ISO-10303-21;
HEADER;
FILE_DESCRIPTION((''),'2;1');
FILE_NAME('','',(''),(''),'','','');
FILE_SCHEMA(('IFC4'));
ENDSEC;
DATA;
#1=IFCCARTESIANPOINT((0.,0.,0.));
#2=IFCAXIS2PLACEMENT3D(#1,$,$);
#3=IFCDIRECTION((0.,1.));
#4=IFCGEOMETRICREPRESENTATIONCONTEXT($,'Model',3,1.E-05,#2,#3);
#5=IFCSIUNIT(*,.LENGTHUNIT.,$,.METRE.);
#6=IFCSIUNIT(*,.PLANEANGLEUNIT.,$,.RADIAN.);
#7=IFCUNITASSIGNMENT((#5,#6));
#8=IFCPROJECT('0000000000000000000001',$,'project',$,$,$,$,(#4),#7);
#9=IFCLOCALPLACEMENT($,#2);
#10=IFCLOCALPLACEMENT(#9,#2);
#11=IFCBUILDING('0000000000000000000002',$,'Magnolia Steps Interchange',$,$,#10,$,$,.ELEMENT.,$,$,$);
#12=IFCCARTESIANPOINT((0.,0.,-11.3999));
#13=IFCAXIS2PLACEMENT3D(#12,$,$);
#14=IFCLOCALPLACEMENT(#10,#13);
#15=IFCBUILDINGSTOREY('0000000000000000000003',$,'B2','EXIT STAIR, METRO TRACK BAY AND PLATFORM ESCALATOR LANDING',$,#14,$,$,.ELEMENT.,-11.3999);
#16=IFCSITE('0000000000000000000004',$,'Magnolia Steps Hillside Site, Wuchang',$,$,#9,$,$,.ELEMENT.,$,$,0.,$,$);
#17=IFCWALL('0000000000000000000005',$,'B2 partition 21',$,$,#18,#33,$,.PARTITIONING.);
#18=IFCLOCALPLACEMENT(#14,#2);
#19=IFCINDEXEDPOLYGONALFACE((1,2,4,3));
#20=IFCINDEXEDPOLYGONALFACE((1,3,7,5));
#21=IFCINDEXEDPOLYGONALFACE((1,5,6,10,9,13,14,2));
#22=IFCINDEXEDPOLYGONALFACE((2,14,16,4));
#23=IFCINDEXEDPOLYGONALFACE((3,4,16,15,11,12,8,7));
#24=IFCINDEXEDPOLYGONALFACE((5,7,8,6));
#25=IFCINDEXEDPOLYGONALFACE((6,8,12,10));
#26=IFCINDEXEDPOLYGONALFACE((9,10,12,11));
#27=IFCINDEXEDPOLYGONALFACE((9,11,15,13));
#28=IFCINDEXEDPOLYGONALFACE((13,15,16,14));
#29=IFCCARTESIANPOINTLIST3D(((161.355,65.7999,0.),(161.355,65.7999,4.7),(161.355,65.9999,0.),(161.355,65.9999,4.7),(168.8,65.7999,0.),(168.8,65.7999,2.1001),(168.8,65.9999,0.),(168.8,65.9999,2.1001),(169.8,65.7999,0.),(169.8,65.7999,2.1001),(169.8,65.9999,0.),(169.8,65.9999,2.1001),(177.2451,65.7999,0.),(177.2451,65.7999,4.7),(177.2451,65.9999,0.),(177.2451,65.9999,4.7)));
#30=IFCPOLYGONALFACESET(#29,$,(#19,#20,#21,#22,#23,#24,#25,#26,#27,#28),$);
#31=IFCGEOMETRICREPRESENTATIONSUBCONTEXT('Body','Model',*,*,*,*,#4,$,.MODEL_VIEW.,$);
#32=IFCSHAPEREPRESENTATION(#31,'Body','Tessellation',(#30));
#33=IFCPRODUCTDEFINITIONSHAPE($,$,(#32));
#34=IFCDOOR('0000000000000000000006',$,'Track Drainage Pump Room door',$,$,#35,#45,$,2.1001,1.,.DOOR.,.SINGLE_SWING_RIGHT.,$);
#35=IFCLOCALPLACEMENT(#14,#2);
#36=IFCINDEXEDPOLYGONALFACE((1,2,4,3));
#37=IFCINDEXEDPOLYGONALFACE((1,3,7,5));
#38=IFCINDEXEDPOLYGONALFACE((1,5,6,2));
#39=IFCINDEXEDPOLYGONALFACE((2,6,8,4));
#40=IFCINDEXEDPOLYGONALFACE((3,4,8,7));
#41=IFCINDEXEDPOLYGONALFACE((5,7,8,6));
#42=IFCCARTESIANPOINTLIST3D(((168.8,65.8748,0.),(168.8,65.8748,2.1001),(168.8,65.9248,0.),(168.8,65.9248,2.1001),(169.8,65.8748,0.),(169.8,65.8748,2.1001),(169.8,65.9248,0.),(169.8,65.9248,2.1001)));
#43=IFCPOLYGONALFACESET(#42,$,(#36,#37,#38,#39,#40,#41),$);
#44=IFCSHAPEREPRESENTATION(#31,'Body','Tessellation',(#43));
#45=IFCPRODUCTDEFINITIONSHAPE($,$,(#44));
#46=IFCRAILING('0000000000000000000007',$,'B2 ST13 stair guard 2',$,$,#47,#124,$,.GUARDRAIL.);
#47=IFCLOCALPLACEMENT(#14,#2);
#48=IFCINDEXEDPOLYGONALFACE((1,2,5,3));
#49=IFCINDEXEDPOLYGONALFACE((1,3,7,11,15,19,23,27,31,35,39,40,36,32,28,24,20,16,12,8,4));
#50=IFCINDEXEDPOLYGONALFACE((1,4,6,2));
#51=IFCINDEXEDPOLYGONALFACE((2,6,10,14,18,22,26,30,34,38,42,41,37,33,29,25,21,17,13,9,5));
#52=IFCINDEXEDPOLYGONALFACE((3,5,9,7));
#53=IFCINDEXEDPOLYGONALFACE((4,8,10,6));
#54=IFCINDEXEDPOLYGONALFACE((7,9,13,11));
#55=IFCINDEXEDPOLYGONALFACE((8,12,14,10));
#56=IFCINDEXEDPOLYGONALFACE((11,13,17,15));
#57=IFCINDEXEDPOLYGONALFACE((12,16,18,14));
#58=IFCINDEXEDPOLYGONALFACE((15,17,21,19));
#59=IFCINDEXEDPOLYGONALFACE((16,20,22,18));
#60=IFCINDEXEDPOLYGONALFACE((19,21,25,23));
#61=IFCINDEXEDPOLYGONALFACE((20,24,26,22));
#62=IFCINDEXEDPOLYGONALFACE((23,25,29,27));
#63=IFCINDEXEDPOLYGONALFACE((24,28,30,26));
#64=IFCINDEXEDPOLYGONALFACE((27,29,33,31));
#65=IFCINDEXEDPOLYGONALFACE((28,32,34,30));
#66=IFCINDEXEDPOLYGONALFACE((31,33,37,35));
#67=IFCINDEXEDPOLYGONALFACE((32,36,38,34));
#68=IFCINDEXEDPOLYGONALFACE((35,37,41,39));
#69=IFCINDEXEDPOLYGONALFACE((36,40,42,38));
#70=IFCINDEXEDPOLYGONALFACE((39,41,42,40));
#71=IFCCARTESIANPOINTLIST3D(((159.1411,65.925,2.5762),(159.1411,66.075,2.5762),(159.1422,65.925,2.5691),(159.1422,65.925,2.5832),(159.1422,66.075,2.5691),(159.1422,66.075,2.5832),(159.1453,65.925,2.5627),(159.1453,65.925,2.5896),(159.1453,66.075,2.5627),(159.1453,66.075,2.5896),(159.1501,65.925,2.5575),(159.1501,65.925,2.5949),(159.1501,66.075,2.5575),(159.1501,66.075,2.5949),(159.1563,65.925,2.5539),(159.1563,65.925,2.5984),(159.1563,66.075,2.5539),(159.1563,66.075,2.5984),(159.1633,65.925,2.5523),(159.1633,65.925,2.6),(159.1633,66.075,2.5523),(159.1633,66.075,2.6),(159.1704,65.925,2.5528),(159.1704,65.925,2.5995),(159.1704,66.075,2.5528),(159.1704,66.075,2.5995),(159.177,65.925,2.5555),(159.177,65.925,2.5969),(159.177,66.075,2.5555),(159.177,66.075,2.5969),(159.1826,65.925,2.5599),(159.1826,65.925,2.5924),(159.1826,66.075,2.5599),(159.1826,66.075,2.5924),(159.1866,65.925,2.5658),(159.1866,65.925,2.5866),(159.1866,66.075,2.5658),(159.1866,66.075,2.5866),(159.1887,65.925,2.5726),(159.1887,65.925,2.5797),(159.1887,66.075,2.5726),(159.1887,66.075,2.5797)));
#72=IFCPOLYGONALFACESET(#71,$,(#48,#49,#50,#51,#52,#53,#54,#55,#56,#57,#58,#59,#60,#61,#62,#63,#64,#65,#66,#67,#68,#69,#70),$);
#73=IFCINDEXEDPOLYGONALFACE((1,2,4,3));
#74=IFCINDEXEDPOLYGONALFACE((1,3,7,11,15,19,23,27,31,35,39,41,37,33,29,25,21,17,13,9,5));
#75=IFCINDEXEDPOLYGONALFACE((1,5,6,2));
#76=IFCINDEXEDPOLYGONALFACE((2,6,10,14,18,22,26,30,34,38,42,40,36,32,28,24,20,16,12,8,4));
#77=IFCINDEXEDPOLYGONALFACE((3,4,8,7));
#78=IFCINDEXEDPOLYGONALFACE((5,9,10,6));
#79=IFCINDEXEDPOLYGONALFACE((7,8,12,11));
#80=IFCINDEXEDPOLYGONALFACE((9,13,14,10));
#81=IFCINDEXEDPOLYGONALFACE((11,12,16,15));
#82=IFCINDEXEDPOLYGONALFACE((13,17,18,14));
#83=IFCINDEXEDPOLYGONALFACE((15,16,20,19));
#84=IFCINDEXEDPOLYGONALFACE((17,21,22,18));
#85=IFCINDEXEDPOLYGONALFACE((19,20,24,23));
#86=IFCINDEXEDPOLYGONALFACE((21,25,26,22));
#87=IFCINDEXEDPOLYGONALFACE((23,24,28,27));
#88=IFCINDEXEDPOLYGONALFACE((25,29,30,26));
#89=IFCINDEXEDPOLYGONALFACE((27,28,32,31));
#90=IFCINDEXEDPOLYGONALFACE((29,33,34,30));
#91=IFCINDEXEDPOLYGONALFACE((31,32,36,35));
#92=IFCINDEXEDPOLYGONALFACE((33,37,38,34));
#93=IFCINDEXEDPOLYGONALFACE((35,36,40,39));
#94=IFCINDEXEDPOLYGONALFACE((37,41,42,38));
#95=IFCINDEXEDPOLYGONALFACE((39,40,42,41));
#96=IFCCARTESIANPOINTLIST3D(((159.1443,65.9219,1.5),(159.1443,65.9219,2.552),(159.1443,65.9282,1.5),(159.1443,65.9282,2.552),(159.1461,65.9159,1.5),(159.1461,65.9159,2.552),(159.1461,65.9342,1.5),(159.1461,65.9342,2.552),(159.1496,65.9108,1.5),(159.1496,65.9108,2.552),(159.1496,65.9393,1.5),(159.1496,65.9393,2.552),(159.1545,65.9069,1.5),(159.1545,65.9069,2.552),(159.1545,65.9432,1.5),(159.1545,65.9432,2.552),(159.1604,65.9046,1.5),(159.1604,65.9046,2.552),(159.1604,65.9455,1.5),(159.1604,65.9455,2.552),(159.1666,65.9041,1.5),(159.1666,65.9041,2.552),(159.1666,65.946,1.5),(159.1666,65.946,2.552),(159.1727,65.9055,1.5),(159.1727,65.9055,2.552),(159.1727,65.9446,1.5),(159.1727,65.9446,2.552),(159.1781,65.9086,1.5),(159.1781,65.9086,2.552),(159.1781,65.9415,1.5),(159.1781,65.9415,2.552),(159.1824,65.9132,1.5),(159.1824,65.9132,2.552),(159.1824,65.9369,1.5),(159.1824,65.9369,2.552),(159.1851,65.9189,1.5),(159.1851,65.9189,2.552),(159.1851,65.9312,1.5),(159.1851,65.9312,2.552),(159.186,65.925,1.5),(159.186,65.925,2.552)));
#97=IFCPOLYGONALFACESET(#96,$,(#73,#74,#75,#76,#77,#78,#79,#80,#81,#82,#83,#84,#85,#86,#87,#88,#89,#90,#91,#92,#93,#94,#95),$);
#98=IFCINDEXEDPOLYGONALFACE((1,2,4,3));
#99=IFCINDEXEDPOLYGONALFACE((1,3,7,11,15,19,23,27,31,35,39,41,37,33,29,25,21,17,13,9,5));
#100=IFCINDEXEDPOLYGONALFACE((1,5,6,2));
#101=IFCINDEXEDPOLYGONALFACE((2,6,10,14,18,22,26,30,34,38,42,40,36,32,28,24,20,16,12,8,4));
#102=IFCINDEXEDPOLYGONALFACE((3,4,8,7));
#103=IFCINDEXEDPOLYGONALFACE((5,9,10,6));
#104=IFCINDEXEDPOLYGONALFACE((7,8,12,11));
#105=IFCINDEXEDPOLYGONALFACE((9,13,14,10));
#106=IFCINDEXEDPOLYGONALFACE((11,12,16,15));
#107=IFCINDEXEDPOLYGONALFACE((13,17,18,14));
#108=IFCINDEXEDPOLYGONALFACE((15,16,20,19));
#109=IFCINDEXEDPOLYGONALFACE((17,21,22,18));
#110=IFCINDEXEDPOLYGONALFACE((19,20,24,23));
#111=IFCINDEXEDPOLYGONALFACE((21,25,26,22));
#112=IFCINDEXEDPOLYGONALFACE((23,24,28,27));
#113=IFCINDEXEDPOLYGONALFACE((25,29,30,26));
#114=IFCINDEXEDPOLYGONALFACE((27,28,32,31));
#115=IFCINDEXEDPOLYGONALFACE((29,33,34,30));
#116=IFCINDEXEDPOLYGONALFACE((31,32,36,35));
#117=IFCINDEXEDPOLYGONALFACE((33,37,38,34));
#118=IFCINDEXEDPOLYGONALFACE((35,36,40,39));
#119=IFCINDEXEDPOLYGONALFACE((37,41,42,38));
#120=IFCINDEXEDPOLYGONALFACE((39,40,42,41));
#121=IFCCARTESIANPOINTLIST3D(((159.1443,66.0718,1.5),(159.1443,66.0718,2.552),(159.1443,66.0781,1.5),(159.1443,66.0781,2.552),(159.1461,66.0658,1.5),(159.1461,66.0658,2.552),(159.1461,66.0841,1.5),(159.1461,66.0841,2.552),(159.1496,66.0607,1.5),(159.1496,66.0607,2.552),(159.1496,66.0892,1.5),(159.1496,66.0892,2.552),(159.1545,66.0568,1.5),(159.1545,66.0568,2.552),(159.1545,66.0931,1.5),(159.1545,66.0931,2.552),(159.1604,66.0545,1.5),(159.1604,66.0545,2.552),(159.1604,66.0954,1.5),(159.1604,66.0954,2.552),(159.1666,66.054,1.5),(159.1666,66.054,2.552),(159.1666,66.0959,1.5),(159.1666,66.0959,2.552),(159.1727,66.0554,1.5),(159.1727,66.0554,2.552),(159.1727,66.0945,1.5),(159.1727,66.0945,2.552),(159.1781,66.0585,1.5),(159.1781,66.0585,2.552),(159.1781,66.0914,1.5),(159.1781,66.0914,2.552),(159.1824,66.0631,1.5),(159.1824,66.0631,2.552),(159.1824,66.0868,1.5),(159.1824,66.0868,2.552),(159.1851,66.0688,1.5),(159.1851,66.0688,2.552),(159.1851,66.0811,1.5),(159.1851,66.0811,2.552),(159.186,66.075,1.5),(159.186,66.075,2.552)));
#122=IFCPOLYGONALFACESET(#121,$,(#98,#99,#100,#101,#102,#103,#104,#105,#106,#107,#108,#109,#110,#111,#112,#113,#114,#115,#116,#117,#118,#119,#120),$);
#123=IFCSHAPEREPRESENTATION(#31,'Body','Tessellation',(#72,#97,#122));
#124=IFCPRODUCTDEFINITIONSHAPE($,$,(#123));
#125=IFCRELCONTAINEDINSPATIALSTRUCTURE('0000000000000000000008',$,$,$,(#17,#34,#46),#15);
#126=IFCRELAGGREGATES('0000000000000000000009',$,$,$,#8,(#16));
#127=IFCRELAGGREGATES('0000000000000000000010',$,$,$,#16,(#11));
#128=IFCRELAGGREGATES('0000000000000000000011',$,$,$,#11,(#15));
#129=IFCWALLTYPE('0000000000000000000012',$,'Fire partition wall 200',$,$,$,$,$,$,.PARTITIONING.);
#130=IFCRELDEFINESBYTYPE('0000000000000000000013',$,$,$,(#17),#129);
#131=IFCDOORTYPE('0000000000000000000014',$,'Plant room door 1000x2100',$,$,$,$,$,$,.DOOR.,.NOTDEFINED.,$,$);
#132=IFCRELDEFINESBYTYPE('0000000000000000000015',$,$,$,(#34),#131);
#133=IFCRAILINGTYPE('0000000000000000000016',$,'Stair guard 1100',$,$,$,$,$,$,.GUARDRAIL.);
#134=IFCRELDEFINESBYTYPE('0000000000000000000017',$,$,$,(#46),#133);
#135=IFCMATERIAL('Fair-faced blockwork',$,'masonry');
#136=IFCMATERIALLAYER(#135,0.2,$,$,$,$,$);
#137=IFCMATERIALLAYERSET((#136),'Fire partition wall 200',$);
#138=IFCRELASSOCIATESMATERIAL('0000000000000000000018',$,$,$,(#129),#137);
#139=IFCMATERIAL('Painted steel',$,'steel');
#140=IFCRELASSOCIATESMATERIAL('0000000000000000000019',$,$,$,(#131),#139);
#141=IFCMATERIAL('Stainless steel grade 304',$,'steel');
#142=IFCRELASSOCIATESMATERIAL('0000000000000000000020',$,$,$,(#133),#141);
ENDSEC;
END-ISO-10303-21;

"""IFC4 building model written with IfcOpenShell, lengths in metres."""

from ifc_helpers import new_model, si_unit, direction, frame, frame_2d, origin, origin_2d, place, context, subcontext, project, spatial, rectangle, circle, extrude, material, layer, layer_set, type_object, element, fill, save


model = new_model("IFC4")

# Units and contexts
model_context = context("Model", 3, precision=1e-05, world=origin(), true_north=direction((0.0, 1.0)))
body_context = subcontext(model_context, "Body", "Model", "MODEL_VIEW")
ifc_project = project(units=[si_unit("LENGTHUNIT", "METRE"), si_unit("PLANEANGLEUNIT", "RADIAN")], contexts=[model_context])

# Site, building, storey
site_placement = place(None, origin())
site = spatial("IfcSite", under=ifc_project, at=site_placement, Name="Magnolia Steps Hillside Site, Wuchang", CompositionType="ELEMENT", RefElevation=0.0)
building_placement = place(site_placement, origin())
building = spatial("IfcBuilding", under=site, at=building_placement, Name="Magnolia Steps Interchange", CompositionType="ELEMENT")
storey_placement = place(building_placement, frame((0.0, 0.0, -11.3999)))
storey = spatial("IfcBuildingStorey", under=building, at=storey_placement, Name="B2", Description="EXIT STAIR, METRO TRACK BAY AND PLATFORM ESCALATOR LANDING", CompositionType="ELEMENT", Elevation=-11.3999)

# Wall, opening, door
ifc_material_1 = material(Name="Fair-faced blockwork", Category="masonry")
ifc_layer_1 = layer(ifc_material_1, 0.2)
ifc_layer_set_1 = layer_set([ifc_layer_1], Name="Fire partition wall 200")
wall_type_1 = type_object("IfcWallType", Name="Fire partition wall 200", PredefinedType="PARTITIONING", material=ifc_layer_set_1)
ifc_material_2 = material(Name="Painted steel", Category="steel")
door_type = type_object("IfcDoorType", Name="Plant room door 1000x2100", OperationType="NOTDEFINED", PredefinedType="DOOR", material=ifc_material_2)
wall_1_placement = place(storey_placement, frame((161.355, 65.8999, 0.0), z_axis=(0.0, 0.0, 1.0), x_axis=(1.0, 0.0, 0.0)))
wall_1 = element("IfcWall", 1, at=wall_1_placement, inside=storey, type_object=wall_type_1, Name="B2 partition 21", PredefinedType="PARTITIONING", context=body_context, shape_type="SweptSolid", body=[
    extrude(rectangle(XDim=15.8901, YDim=0.2, at=frame_2d((7.9451, 0.0))), origin(), (0.0, 0.0, 1.0), 4.7),
])
opening_1_placement = place(wall_1_placement, frame((7.4451, 0.0, 0.0)))
opening_1 = element("IfcOpeningElement", 2, at=opening_1_placement, cuts=wall_1, PredefinedType="OPENING", context=body_context, shape_type="SweptSolid", body=[
    extrude(rectangle(XDim=1.0, YDim=2.1001, at=frame_2d((0.5, 1.05))), frame((0.0, 0.1099, 0.0), z_axis=(0.0, -1.0, 0.0), x_axis=(1.0, 0.0, 0.0)), (0.0, 0.0, 1.0), 0.22),
])
door_1_placement = place(opening_1_placement, origin())
door_1 = element("IfcDoor", 3, at=door_1_placement, inside=storey, type_object=door_type, Name="Track Drainage Pump Room door", OperationType="SINGLE_SWING_RIGHT", OverallHeight=2.1001, OverallWidth=1.0, PredefinedType="DOOR", context=body_context, shape_type="SweptSolid", body=[
    extrude(rectangle(XDim=1.0, YDim=2.1001, at=frame_2d((0.5, 1.05))), frame((0.0, 0.0249, 0.0), z_axis=(0.0, -1.0, 0.0), x_axis=(1.0, 0.0, 0.0)), (0.0, 0.0, 1.0), 0.05),
])
fill(opening_1, door_1)

# Railing
ifc_material_3 = material(Name="Stainless steel grade 304", Category="steel")
railing_type_1 = type_object("IfcRailingType", Name="Stair guard 1100", PredefinedType="GUARDRAIL", material=ifc_material_3)
railing_1_placement = place(storey_placement, frame((159.165, 65.925, 1.5)))
element("IfcRailing", 4, at=railing_1_placement, inside=storey, type_object=railing_type_1, Name="B2 ST13 stair guard 2", PredefinedType="GUARDRAIL", context=body_context, shape_type="SweptSolid", body=[
    extrude(circle(Radius=0.0239, at=origin_2d()), frame((0.0, 0.0, 1.0762), z_axis=(0.0, 1.0, 0.0), x_axis=(-1.0, 0.0, 0.0)), (0.0, 0.0, 1.0), 0.1499),
    extrude(circle(Radius=0.021, at=origin_2d()), origin(), (0.0, 0.0, 1.0), 1.052),
    extrude(circle(Radius=0.021, at=origin_2d()), frame((0.0, 0.1499, 0.0)), (0.0, 0.0, 1.0), 1.052),
])

save(model, "model.ifc")
